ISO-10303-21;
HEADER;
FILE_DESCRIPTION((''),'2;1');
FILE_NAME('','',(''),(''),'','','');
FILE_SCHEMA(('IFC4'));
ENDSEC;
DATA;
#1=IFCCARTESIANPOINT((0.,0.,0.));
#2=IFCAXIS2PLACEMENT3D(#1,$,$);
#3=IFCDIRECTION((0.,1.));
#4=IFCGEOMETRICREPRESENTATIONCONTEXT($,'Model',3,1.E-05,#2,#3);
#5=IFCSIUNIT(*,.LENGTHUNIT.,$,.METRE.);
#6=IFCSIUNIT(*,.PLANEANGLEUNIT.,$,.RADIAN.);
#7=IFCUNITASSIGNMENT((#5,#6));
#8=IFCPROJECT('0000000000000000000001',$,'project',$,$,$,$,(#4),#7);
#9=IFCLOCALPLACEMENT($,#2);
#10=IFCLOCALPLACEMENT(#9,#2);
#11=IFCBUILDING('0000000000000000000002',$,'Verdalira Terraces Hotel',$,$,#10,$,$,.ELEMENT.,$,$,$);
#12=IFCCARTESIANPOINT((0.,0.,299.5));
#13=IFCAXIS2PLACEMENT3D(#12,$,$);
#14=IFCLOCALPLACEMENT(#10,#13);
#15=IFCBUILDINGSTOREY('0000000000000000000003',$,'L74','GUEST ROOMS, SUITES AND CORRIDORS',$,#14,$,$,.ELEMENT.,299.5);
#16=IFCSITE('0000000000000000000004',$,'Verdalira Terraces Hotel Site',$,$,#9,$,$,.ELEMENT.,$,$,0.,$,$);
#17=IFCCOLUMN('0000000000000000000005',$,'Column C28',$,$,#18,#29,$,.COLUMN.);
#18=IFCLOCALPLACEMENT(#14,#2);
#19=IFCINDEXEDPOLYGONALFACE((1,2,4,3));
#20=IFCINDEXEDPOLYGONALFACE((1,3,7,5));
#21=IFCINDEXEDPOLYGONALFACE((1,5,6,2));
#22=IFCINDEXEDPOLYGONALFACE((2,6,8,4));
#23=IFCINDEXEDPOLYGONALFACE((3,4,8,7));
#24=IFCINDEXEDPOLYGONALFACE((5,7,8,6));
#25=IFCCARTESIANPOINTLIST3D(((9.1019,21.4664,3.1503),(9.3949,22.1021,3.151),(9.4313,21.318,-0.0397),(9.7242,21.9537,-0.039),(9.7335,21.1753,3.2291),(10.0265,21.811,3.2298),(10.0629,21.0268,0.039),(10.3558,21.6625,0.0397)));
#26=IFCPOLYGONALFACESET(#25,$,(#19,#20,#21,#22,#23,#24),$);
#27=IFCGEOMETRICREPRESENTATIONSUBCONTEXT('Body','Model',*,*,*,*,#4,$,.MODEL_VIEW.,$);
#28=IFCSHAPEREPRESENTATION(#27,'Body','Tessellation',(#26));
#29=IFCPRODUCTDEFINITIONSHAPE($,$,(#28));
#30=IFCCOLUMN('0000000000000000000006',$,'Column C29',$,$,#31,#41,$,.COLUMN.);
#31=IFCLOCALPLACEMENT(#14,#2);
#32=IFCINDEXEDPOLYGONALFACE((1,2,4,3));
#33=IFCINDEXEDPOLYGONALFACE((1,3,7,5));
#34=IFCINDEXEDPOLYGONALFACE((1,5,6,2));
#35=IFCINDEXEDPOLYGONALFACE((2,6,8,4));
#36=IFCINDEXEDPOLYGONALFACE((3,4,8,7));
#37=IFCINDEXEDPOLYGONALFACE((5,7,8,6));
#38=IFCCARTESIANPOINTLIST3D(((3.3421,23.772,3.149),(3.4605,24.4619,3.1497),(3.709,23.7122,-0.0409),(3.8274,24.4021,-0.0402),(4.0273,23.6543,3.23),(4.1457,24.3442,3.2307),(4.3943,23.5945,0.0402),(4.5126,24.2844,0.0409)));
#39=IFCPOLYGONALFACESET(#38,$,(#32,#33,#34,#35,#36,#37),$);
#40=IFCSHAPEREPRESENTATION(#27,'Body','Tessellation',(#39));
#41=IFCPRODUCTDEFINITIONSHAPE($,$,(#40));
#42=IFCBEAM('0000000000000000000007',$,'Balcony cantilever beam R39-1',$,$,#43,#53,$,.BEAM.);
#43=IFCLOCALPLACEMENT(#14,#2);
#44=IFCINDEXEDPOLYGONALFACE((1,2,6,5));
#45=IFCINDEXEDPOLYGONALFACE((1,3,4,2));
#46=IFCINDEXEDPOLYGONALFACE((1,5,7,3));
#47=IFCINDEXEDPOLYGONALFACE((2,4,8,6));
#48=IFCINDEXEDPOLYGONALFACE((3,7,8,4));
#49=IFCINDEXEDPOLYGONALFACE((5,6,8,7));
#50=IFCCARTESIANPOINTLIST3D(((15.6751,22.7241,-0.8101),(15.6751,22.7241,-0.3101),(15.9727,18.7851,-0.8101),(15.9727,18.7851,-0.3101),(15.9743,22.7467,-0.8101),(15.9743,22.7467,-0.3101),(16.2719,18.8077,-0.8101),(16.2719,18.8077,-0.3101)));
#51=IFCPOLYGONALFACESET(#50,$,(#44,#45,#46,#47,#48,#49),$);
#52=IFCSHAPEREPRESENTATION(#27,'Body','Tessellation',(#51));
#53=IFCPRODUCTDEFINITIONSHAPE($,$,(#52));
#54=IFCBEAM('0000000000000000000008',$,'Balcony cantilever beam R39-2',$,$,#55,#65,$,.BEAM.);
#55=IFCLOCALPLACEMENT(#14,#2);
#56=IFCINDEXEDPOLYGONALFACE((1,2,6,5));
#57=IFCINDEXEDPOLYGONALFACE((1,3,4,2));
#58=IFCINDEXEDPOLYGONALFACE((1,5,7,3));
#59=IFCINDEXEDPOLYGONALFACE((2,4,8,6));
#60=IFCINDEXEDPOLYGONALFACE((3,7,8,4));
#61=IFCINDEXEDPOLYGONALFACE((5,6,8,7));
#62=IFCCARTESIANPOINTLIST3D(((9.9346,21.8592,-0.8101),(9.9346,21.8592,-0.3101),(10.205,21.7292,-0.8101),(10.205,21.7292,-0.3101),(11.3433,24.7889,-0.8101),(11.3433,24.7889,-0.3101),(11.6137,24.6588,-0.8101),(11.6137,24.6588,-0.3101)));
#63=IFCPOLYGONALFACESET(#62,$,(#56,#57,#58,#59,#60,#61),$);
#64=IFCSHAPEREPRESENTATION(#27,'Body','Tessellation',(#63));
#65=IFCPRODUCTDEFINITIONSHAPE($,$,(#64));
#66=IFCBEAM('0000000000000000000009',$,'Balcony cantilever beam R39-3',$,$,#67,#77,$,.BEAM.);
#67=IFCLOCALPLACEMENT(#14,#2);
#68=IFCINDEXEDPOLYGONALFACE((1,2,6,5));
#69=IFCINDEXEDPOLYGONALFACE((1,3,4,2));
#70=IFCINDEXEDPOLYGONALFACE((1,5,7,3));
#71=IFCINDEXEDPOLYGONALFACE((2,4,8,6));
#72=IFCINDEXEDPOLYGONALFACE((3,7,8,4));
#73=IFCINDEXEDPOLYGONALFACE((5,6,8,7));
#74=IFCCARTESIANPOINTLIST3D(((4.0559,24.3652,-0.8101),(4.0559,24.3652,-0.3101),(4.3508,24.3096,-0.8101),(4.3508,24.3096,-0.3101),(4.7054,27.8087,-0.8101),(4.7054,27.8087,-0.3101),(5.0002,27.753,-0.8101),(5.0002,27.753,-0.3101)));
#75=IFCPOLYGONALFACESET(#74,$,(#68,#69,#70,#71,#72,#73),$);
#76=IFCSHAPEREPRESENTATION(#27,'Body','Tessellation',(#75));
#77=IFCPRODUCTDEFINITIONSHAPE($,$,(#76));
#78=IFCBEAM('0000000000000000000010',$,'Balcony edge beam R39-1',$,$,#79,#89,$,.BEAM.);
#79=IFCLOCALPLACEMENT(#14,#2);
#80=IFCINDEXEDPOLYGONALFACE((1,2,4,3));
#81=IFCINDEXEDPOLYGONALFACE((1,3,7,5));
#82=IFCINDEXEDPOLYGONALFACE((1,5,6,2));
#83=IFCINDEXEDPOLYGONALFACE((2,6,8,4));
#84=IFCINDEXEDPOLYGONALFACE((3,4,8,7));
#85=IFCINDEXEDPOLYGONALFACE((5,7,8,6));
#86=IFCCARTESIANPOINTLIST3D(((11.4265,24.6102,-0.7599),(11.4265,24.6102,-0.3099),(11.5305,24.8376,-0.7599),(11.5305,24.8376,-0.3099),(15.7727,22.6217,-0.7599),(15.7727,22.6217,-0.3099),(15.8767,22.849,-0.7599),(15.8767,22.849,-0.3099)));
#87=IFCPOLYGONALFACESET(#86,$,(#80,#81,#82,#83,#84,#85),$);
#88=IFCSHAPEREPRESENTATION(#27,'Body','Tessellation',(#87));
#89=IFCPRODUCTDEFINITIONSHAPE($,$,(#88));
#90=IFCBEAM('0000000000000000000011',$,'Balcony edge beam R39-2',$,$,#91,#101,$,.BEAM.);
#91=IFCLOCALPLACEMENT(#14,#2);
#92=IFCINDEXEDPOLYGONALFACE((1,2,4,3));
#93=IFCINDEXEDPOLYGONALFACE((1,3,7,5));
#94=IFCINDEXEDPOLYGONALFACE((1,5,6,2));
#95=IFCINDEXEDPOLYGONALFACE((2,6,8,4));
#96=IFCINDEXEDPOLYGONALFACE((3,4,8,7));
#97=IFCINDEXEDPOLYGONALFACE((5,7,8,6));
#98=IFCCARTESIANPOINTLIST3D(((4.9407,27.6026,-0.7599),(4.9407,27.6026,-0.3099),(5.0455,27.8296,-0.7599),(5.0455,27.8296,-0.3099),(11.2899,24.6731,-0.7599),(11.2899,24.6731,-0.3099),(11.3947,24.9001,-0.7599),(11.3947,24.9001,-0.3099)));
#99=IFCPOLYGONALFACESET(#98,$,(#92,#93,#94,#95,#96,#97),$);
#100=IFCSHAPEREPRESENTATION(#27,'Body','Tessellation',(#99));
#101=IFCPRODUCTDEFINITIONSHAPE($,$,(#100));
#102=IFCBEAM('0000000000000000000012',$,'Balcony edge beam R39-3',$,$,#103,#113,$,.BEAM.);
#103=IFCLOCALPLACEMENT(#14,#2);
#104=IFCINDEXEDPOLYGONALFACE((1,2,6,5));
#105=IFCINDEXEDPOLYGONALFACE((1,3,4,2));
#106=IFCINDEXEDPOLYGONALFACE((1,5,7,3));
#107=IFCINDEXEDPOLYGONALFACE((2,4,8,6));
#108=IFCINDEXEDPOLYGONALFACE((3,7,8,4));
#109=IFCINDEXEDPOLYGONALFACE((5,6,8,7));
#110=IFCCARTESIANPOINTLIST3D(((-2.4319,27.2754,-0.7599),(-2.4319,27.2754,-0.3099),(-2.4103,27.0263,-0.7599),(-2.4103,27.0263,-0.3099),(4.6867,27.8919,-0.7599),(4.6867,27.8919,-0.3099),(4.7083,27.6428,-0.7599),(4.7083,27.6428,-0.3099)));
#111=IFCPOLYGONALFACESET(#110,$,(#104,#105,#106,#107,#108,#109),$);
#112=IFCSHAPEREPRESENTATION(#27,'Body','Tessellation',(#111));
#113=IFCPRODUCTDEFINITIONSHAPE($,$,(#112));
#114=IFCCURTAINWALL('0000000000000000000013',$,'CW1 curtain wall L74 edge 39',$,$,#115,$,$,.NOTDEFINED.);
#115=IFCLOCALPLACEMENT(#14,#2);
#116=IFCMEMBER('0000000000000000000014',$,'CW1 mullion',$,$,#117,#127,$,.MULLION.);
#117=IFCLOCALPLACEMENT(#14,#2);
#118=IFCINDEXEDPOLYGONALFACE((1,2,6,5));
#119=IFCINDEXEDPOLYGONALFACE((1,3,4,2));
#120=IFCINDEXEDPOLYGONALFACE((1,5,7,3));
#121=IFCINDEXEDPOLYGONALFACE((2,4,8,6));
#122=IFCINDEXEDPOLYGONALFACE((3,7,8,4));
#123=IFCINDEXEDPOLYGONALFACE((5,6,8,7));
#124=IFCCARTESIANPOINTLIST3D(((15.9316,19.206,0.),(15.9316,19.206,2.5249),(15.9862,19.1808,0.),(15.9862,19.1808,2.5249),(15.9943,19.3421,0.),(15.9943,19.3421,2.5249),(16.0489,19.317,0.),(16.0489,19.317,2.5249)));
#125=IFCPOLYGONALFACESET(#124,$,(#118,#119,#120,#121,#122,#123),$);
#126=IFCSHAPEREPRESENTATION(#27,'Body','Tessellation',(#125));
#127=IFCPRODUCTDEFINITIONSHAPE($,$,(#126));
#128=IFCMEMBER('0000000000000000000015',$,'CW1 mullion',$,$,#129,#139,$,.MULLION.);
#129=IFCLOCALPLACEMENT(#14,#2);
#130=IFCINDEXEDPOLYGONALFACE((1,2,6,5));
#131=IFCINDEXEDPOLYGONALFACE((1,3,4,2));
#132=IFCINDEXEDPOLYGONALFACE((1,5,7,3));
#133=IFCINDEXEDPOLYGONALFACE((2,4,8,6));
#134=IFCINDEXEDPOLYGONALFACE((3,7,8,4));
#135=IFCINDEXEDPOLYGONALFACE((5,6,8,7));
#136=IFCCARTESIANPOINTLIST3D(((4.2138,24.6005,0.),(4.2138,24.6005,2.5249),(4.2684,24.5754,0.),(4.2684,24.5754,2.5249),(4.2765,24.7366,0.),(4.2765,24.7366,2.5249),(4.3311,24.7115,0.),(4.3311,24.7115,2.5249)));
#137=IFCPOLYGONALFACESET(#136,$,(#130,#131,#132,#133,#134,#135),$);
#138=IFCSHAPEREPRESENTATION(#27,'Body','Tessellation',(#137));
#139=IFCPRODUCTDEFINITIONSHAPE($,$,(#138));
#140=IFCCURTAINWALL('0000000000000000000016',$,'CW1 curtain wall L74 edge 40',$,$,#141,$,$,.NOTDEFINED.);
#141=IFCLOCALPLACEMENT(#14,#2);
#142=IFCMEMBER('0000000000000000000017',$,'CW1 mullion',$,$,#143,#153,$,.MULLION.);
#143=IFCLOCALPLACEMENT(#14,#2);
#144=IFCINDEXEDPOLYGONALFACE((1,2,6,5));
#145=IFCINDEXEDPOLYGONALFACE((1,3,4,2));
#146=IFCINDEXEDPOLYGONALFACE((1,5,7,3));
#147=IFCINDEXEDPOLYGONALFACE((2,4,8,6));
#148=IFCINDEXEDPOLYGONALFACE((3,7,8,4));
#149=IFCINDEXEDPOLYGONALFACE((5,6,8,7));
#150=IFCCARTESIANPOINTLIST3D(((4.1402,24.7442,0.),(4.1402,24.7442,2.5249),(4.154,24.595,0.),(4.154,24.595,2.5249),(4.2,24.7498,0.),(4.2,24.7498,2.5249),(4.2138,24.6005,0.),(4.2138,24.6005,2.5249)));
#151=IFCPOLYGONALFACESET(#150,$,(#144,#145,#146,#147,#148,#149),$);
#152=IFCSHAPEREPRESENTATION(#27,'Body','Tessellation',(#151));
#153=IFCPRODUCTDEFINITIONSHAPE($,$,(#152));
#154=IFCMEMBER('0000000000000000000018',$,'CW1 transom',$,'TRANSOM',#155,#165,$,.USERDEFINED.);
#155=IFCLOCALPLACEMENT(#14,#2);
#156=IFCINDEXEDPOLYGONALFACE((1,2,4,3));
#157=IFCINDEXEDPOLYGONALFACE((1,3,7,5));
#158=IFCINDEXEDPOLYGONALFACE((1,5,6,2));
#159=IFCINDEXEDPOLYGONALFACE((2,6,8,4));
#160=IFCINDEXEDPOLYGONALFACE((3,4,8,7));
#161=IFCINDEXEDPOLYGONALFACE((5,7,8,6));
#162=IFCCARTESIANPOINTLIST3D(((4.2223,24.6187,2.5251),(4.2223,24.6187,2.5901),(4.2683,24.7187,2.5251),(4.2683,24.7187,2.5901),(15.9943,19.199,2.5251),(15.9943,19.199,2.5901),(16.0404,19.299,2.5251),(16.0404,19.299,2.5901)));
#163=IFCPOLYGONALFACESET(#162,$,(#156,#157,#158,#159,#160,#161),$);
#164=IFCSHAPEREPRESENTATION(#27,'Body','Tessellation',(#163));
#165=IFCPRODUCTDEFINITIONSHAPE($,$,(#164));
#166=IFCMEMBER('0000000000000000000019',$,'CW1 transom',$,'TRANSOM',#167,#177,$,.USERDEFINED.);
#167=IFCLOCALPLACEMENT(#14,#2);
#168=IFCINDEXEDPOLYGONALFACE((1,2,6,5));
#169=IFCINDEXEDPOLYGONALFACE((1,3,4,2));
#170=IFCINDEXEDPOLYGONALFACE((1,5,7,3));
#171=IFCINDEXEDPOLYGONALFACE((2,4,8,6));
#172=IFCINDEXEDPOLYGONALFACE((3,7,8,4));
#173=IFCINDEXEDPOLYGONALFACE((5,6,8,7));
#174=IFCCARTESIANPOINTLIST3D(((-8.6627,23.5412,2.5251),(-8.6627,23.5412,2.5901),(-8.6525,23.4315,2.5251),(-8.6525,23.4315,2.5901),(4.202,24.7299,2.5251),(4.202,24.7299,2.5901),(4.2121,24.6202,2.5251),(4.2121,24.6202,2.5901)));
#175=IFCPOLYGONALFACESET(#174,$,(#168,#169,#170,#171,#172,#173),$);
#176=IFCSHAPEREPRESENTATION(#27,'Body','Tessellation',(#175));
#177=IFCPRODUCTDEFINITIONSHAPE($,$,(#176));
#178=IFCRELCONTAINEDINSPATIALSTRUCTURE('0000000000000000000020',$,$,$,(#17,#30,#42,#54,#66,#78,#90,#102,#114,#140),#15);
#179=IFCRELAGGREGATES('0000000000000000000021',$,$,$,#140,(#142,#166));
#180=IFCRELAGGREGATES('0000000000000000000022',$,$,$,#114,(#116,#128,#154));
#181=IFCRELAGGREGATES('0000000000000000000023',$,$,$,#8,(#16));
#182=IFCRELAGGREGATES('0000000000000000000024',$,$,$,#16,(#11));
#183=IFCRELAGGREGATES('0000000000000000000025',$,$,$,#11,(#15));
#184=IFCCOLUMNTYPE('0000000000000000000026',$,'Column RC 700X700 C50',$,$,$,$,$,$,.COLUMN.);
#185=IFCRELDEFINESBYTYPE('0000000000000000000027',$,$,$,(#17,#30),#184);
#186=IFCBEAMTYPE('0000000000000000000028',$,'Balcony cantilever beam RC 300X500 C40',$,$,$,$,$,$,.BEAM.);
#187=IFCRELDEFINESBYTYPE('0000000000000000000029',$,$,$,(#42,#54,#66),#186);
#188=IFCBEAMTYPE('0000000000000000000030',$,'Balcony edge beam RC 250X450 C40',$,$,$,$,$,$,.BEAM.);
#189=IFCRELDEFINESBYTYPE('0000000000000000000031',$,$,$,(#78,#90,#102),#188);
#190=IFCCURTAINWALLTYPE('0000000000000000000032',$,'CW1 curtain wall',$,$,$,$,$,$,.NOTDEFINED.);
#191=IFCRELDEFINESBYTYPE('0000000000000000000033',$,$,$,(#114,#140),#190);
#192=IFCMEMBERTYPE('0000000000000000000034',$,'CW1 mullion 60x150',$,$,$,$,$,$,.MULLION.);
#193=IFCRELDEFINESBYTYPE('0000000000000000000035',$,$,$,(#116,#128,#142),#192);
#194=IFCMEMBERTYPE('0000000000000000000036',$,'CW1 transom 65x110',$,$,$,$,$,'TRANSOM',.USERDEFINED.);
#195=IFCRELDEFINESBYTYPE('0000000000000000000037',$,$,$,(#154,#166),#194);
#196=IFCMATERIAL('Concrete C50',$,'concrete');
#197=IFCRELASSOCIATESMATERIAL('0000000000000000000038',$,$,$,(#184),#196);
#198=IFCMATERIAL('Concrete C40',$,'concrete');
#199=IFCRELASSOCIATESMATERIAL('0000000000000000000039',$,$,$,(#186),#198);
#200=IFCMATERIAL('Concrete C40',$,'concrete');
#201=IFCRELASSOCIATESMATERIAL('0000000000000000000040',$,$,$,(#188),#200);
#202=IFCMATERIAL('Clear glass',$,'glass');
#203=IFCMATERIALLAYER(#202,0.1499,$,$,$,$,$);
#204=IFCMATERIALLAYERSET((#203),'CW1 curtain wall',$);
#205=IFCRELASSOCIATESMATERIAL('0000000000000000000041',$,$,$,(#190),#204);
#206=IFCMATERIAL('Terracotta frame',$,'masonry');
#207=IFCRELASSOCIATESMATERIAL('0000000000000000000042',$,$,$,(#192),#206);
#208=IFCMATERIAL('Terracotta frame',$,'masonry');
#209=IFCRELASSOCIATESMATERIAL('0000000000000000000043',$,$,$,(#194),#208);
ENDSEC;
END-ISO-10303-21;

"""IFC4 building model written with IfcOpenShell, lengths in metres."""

from ifc_helpers import new_model, si_unit, direction, frame, origin, origin_2d, place, context, subcontext, project, spatial, rectangle, extrude, material, layer, layer_set, material_profile, profile_set, type_object, element, aggregate, save


model = new_model("IFC4")

# Units and contexts
model_context = context("Model", 3, precision=1e-05, world=origin(), true_north=direction((0.0, 1.0)))
body_context = subcontext(model_context, "Body", "Model", "MODEL_VIEW")
ifc_project = project(units=[si_unit("LENGTHUNIT", "METRE"), si_unit("PLANEANGLEUNIT", "RADIAN")], contexts=[model_context])

# Site, building, storey
site_placement = place(None, origin())
site = spatial("IfcSite", under=ifc_project, at=site_placement, Name="Verdalira Terraces Hotel Site", CompositionType="ELEMENT", RefElevation=0.0)
building_placement = place(site_placement, origin())
building = spatial("IfcBuilding", under=site, at=building_placement, Name="Verdalira Terraces Hotel", CompositionType="ELEMENT")
storey_placement = place(building_placement, frame((0.0, 0.0, 299.5)))
storey = spatial("IfcBuildingStorey", under=building, at=storey_placement, Name="L74", Description="GUEST ROOMS, SUITES AND CORRIDORS", CompositionType="ELEMENT", Elevation=299.5)

# Columns
ifc_material_1 = material(Name="Concrete C50", Category="concrete")
ifc_material_profile_1 = material_profile(ifc_material_1, rectangle(XDim=0.7, YDim=0.7, at=origin_2d()), Name="RC 700X700")
ifc_profile_set_1 = profile_set([ifc_material_profile_1], Name="Concrete C50")
column_type = type_object("IfcColumnType", Name="Column RC 700X700 C50", PredefinedType="COLUMN", material=ifc_profile_set_1)
column_1_placement = place(storey_placement, frame((9.8936, 21.4902, 0.0), z_axis=(-0.102589, 0.046237, 0.993649), x_axis=(-0.902394, 0.415961, -0.112524)))
element("IfcColumn", 1, at=column_1_placement, inside=storey, type_object=column_type, Name="Column C28", PredefinedType="COLUMN", context=body_context, shape_type="SweptSolid", body=[
    extrude(rectangle(XDim=0.7, YDim=0.7, at=origin_2d()), origin(), (0.0, 0.0, 1.0), 3.2104),
])
column_2_placement = place(storey_placement, frame((4.1108, 23.9983, 0.0), z_axis=(-0.114258, 0.018625, 0.993277), x_axis=(0.978946, -0.16812, 0.115762)))
element("IfcColumn", 2, at=column_2_placement, inside=storey, type_object=column_type, Name="Column C29", PredefinedType="COLUMN", context=body_context, shape_type="SweptSolid", body=[
    extrude(rectangle(XDim=0.7, YDim=0.7, at=origin_2d()), origin(), (0.0, 0.0, 1.0), 3.2114),
])

# Beams
ifc_material_2 = material(Name="Concrete C40", Category="concrete")
ifc_material_profile_2 = material_profile(ifc_material_2, rectangle(XDim=0.3, YDim=0.5, at=origin_2d()), Name="RC 300X500")
ifc_profile_set_2 = profile_set([ifc_material_profile_2], Name="Concrete C40")
beam_type_1 = type_object("IfcBeamType", Name="Balcony cantilever beam RC 300X500 C40", PredefinedType="BEAM", material=ifc_profile_set_2)
beam_1_placement = place(storey_placement, frame((16.1223, 18.7964, -0.5601), z_axis=(-0.07534, 0.997158, 0.0), x_axis=(-0.997158, -0.07534, 0.0)))
element("IfcBeam", 3, at=beam_1_placement, inside=storey, type_object=beam_type_1, Name="Balcony cantilever beam R39-1", PredefinedType="BEAM", context=body_context, shape_type="SweptSolid", body=[
    extrude(rectangle(XDim=0.3, YDim=0.5, at=origin_2d()), origin(), (0.0, 0.0, 1.0), 3.9502),
])
beam_2_placement = place(storey_placement, frame((10.0698, 21.7942, -0.5601), z_axis=(0.433341, 0.90123, 0.0), x_axis=(-0.90123, 0.433341, 0.0)))
element("IfcBeam", 4, at=beam_2_placement, inside=storey, type_object=beam_type_1, Name="Balcony cantilever beam R39-2", PredefinedType="BEAM", context=body_context, shape_type="SweptSolid", body=[
    extrude(rectangle(XDim=0.3, YDim=0.5, at=origin_2d()), origin(), (0.0, 0.0, 1.0), 3.2507),
])
beam_3_placement = place(storey_placement, frame((4.2034, 24.3374, -0.5601), z_axis=(0.185332, 0.982676, 0.0), x_axis=(-0.982676, 0.185332, 0.0)))
element("IfcBeam", 5, at=beam_3_placement, inside=storey, type_object=beam_type_1, Name="Balcony cantilever beam R39-3", PredefinedType="BEAM", context=body_context, shape_type="SweptSolid", body=[
    extrude(rectangle(XDim=0.3, YDim=0.5, at=origin_2d()), origin(), (0.0, 0.0, 1.0), 3.5042),
])
ifc_material_3 = material(Name="Concrete C40", Category="concrete")
ifc_material_profile_3 = material_profile(ifc_material_3, rectangle(XDim=0.25, YDim=0.45, at=origin_2d()), Name="RC 250X450")
ifc_profile_set_3 = profile_set([ifc_material_profile_3], Name="Concrete C40")
beam_type_2 = type_object("IfcBeamType", Name="Balcony edge beam RC 250X450 C40", PredefinedType="BEAM", material=ifc_profile_set_3)
beam_4_placement = place(storey_placement, frame((15.8247, 22.7354, -0.5349), z_axis=(-0.90934, 0.416053, 0.0), x_axis=(-0.416053, -0.90934, 0.0)))
element("IfcBeam", 6, at=beam_4_placement, inside=storey, type_object=beam_type_2, Name="Balcony edge beam R39-1", PredefinedType="BEAM", context=body_context, shape_type="SweptSolid", body=[
    extrude(rectangle(XDim=0.25, YDim=0.45, at=origin_2d()), origin(), (0.0, 0.0, 1.0), 4.7795),
])
beam_5_placement = place(storey_placement, frame((11.3423, 24.7866, -0.5349), z_axis=(-0.908009, 0.41895, 0.0), x_axis=(-0.41895, -0.908009, 0.0)))
element("IfcBeam", 7, at=beam_5_placement, inside=storey, type_object=beam_type_2, Name="Balcony edge beam R39-2", PredefinedType="BEAM", context=body_context, shape_type="SweptSolid", body=[
    extrude(rectangle(XDim=0.25, YDim=0.45, at=origin_2d()), origin(), (0.0, 0.0, 1.0), 6.9924),
])
beam_6_placement = place(storey_placement, frame((4.6975, 27.7673, -0.5349), z_axis=(-0.996271, -0.086274, 0.0), x_axis=(0.086274, -0.996271, 0.0)))
element("IfcBeam", 8, at=beam_6_placement, inside=storey, type_object=beam_type_2, Name="Balcony edge beam R39-3", PredefinedType="BEAM", context=body_context, shape_type="SweptSolid", body=[
    extrude(rectangle(XDim=0.25, YDim=0.45, at=origin_2d()), origin(), (0.0, 0.0, 1.0), 7.1453),
])

# Curtain wall, members
ifc_material_4 = material(Name="Clear glass", Category="glass")
ifc_layer_1 = layer(ifc_material_4, 0.1499)
ifc_layer_set_1 = layer_set([ifc_layer_1], Name="CW1 curtain wall")
curtain_wall_type_1 = type_object("IfcCurtainWallType", Name="CW1 curtain wall", PredefinedType="NOTDEFINED", material=ifc_layer_set_1)
curtain_wall_1_placement = place(storey_placement, origin())
curtain_wall_1 = element("IfcCurtainWall", 9, at=curtain_wall_1_placement, inside=storey, type_object=curtain_wall_type_1, Name="CW1 curtain wall L74 edge 39", PredefinedType="NOTDEFINED")
ifc_material_5 = material(Name="Terracotta frame", Category="masonry")
ifc_material_profile_4 = material_profile(ifc_material_5, rectangle(XDim=0.0601, YDim=0.1499, at=origin_2d()), Name="MU 60x150")
ifc_profile_set_4 = profile_set([ifc_material_profile_4], Name="Terracotta frame")
member_type_1 = type_object("IfcMemberType", Name="CW1 mullion 60x150", PredefinedType="MULLION", material=ifc_profile_set_4)
member_1_placement = place(storey_placement, frame((15.9902, 19.2615, 0.0), z_axis=(0.0, 0.0, 1.0), x_axis=(-0.908362, 0.418184, 0.0)))
member_1 = element("IfcMember", 10, at=member_1_placement, type_object=member_type_1, Name="CW1 mullion", PredefinedType="MULLION", context=body_context, shape_type="SweptSolid", body=[
    extrude(rectangle(XDim=0.0601, YDim=0.1499, at=origin_2d()), origin(), (0.0, 0.0, 1.0), 2.5249),
])
member_2_placement = place(storey_placement, frame((4.2725, 24.656, 0.0), z_axis=(0.0, 0.0, 1.0), x_axis=(-0.908362, 0.418184, 0.0)))
member_2 = element("IfcMember", 11, at=member_2_placement, type_object=member_type_1, Name="CW1 mullion", PredefinedType="MULLION", context=body_context, shape_type="SweptSolid", body=[
    extrude(rectangle(XDim=0.0601, YDim=0.1499, at=origin_2d()), origin(), (0.0, 0.0, 1.0), 2.5249),
])

# Curtain wall, member
curtain_wall_2_placement = place(storey_placement, origin())
curtain_wall_2 = element("IfcCurtainWall", 12, at=curtain_wall_2_placement, inside=storey, type_object=curtain_wall_type_1, Name="CW1 curtain wall L74 edge 40", PredefinedType="NOTDEFINED")
member_3_placement = place(storey_placement, frame((4.177, 24.6724, 0.0), z_axis=(0.0, 0.0, 1.0), x_axis=(-0.995757, -0.092023, 0.0)))
member_3 = element("IfcMember", 13, at=member_3_placement, type_object=member_type_1, Name="CW1 mullion", PredefinedType="MULLION", context=body_context, shape_type="SweptSolid", body=[
    extrude(rectangle(XDim=0.0601, YDim=0.1499, at=origin_2d()), origin(), (0.0, 0.0, 1.0), 2.5249),
])

# Members
ifc_material_6 = material(Name="Terracotta frame", Category="masonry")
ifc_material_profile_5 = material_profile(ifc_material_6, rectangle(XDim=0.1101, YDim=0.0649, at=origin_2d()), Name="TR 65x110")
ifc_profile_set_5 = profile_set([ifc_material_profile_5], Name="Terracotta frame")
member_type_2 = type_object("IfcMemberType", Name="CW1 transom 65x110", ElementType="TRANSOM", PredefinedType="USERDEFINED", material=ifc_profile_set_5)
member_4_placement = place(storey_placement, frame((16.0173, 19.249, 2.5576), z_axis=(-0.908357, 0.418197, 0.0), x_axis=(-0.418197, -0.908357, 0.0)))
member_4 = element("IfcMember", 14, at=member_4_placement, type_object=member_type_2, Name="CW1 transom", ObjectType="TRANSOM", PredefinedType="USERDEFINED", context=body_context, shape_type="SweptSolid", body=[
    extrude(rectangle(XDim=0.1101, YDim=0.0649, at=origin_2d()), origin(), (0.0, 0.0, 1.0), 12.9597),
])
member_5_placement = place(storey_placement, frame((4.207, 24.675, 2.5576), z_axis=(-0.995758, -0.092009, 0.0), x_axis=(0.092009, -0.995758, 0.0)))
member_5 = element("IfcMember", 15, at=member_5_placement, type_object=member_type_2, Name="CW1 transom", ObjectType="TRANSOM", PredefinedType="USERDEFINED", context=body_context, shape_type="SweptSolid", body=[
    extrude(rectangle(XDim=0.1101, YDim=0.0649, at=origin_2d()), origin(), (0.0, 0.0, 1.0), 12.9194),
])
aggregate(curtain_wall_2, [member_3, member_5])

aggregate(curtain_wall_1, [member_1, member_2, member_4])

save(model, "model.ifc")
